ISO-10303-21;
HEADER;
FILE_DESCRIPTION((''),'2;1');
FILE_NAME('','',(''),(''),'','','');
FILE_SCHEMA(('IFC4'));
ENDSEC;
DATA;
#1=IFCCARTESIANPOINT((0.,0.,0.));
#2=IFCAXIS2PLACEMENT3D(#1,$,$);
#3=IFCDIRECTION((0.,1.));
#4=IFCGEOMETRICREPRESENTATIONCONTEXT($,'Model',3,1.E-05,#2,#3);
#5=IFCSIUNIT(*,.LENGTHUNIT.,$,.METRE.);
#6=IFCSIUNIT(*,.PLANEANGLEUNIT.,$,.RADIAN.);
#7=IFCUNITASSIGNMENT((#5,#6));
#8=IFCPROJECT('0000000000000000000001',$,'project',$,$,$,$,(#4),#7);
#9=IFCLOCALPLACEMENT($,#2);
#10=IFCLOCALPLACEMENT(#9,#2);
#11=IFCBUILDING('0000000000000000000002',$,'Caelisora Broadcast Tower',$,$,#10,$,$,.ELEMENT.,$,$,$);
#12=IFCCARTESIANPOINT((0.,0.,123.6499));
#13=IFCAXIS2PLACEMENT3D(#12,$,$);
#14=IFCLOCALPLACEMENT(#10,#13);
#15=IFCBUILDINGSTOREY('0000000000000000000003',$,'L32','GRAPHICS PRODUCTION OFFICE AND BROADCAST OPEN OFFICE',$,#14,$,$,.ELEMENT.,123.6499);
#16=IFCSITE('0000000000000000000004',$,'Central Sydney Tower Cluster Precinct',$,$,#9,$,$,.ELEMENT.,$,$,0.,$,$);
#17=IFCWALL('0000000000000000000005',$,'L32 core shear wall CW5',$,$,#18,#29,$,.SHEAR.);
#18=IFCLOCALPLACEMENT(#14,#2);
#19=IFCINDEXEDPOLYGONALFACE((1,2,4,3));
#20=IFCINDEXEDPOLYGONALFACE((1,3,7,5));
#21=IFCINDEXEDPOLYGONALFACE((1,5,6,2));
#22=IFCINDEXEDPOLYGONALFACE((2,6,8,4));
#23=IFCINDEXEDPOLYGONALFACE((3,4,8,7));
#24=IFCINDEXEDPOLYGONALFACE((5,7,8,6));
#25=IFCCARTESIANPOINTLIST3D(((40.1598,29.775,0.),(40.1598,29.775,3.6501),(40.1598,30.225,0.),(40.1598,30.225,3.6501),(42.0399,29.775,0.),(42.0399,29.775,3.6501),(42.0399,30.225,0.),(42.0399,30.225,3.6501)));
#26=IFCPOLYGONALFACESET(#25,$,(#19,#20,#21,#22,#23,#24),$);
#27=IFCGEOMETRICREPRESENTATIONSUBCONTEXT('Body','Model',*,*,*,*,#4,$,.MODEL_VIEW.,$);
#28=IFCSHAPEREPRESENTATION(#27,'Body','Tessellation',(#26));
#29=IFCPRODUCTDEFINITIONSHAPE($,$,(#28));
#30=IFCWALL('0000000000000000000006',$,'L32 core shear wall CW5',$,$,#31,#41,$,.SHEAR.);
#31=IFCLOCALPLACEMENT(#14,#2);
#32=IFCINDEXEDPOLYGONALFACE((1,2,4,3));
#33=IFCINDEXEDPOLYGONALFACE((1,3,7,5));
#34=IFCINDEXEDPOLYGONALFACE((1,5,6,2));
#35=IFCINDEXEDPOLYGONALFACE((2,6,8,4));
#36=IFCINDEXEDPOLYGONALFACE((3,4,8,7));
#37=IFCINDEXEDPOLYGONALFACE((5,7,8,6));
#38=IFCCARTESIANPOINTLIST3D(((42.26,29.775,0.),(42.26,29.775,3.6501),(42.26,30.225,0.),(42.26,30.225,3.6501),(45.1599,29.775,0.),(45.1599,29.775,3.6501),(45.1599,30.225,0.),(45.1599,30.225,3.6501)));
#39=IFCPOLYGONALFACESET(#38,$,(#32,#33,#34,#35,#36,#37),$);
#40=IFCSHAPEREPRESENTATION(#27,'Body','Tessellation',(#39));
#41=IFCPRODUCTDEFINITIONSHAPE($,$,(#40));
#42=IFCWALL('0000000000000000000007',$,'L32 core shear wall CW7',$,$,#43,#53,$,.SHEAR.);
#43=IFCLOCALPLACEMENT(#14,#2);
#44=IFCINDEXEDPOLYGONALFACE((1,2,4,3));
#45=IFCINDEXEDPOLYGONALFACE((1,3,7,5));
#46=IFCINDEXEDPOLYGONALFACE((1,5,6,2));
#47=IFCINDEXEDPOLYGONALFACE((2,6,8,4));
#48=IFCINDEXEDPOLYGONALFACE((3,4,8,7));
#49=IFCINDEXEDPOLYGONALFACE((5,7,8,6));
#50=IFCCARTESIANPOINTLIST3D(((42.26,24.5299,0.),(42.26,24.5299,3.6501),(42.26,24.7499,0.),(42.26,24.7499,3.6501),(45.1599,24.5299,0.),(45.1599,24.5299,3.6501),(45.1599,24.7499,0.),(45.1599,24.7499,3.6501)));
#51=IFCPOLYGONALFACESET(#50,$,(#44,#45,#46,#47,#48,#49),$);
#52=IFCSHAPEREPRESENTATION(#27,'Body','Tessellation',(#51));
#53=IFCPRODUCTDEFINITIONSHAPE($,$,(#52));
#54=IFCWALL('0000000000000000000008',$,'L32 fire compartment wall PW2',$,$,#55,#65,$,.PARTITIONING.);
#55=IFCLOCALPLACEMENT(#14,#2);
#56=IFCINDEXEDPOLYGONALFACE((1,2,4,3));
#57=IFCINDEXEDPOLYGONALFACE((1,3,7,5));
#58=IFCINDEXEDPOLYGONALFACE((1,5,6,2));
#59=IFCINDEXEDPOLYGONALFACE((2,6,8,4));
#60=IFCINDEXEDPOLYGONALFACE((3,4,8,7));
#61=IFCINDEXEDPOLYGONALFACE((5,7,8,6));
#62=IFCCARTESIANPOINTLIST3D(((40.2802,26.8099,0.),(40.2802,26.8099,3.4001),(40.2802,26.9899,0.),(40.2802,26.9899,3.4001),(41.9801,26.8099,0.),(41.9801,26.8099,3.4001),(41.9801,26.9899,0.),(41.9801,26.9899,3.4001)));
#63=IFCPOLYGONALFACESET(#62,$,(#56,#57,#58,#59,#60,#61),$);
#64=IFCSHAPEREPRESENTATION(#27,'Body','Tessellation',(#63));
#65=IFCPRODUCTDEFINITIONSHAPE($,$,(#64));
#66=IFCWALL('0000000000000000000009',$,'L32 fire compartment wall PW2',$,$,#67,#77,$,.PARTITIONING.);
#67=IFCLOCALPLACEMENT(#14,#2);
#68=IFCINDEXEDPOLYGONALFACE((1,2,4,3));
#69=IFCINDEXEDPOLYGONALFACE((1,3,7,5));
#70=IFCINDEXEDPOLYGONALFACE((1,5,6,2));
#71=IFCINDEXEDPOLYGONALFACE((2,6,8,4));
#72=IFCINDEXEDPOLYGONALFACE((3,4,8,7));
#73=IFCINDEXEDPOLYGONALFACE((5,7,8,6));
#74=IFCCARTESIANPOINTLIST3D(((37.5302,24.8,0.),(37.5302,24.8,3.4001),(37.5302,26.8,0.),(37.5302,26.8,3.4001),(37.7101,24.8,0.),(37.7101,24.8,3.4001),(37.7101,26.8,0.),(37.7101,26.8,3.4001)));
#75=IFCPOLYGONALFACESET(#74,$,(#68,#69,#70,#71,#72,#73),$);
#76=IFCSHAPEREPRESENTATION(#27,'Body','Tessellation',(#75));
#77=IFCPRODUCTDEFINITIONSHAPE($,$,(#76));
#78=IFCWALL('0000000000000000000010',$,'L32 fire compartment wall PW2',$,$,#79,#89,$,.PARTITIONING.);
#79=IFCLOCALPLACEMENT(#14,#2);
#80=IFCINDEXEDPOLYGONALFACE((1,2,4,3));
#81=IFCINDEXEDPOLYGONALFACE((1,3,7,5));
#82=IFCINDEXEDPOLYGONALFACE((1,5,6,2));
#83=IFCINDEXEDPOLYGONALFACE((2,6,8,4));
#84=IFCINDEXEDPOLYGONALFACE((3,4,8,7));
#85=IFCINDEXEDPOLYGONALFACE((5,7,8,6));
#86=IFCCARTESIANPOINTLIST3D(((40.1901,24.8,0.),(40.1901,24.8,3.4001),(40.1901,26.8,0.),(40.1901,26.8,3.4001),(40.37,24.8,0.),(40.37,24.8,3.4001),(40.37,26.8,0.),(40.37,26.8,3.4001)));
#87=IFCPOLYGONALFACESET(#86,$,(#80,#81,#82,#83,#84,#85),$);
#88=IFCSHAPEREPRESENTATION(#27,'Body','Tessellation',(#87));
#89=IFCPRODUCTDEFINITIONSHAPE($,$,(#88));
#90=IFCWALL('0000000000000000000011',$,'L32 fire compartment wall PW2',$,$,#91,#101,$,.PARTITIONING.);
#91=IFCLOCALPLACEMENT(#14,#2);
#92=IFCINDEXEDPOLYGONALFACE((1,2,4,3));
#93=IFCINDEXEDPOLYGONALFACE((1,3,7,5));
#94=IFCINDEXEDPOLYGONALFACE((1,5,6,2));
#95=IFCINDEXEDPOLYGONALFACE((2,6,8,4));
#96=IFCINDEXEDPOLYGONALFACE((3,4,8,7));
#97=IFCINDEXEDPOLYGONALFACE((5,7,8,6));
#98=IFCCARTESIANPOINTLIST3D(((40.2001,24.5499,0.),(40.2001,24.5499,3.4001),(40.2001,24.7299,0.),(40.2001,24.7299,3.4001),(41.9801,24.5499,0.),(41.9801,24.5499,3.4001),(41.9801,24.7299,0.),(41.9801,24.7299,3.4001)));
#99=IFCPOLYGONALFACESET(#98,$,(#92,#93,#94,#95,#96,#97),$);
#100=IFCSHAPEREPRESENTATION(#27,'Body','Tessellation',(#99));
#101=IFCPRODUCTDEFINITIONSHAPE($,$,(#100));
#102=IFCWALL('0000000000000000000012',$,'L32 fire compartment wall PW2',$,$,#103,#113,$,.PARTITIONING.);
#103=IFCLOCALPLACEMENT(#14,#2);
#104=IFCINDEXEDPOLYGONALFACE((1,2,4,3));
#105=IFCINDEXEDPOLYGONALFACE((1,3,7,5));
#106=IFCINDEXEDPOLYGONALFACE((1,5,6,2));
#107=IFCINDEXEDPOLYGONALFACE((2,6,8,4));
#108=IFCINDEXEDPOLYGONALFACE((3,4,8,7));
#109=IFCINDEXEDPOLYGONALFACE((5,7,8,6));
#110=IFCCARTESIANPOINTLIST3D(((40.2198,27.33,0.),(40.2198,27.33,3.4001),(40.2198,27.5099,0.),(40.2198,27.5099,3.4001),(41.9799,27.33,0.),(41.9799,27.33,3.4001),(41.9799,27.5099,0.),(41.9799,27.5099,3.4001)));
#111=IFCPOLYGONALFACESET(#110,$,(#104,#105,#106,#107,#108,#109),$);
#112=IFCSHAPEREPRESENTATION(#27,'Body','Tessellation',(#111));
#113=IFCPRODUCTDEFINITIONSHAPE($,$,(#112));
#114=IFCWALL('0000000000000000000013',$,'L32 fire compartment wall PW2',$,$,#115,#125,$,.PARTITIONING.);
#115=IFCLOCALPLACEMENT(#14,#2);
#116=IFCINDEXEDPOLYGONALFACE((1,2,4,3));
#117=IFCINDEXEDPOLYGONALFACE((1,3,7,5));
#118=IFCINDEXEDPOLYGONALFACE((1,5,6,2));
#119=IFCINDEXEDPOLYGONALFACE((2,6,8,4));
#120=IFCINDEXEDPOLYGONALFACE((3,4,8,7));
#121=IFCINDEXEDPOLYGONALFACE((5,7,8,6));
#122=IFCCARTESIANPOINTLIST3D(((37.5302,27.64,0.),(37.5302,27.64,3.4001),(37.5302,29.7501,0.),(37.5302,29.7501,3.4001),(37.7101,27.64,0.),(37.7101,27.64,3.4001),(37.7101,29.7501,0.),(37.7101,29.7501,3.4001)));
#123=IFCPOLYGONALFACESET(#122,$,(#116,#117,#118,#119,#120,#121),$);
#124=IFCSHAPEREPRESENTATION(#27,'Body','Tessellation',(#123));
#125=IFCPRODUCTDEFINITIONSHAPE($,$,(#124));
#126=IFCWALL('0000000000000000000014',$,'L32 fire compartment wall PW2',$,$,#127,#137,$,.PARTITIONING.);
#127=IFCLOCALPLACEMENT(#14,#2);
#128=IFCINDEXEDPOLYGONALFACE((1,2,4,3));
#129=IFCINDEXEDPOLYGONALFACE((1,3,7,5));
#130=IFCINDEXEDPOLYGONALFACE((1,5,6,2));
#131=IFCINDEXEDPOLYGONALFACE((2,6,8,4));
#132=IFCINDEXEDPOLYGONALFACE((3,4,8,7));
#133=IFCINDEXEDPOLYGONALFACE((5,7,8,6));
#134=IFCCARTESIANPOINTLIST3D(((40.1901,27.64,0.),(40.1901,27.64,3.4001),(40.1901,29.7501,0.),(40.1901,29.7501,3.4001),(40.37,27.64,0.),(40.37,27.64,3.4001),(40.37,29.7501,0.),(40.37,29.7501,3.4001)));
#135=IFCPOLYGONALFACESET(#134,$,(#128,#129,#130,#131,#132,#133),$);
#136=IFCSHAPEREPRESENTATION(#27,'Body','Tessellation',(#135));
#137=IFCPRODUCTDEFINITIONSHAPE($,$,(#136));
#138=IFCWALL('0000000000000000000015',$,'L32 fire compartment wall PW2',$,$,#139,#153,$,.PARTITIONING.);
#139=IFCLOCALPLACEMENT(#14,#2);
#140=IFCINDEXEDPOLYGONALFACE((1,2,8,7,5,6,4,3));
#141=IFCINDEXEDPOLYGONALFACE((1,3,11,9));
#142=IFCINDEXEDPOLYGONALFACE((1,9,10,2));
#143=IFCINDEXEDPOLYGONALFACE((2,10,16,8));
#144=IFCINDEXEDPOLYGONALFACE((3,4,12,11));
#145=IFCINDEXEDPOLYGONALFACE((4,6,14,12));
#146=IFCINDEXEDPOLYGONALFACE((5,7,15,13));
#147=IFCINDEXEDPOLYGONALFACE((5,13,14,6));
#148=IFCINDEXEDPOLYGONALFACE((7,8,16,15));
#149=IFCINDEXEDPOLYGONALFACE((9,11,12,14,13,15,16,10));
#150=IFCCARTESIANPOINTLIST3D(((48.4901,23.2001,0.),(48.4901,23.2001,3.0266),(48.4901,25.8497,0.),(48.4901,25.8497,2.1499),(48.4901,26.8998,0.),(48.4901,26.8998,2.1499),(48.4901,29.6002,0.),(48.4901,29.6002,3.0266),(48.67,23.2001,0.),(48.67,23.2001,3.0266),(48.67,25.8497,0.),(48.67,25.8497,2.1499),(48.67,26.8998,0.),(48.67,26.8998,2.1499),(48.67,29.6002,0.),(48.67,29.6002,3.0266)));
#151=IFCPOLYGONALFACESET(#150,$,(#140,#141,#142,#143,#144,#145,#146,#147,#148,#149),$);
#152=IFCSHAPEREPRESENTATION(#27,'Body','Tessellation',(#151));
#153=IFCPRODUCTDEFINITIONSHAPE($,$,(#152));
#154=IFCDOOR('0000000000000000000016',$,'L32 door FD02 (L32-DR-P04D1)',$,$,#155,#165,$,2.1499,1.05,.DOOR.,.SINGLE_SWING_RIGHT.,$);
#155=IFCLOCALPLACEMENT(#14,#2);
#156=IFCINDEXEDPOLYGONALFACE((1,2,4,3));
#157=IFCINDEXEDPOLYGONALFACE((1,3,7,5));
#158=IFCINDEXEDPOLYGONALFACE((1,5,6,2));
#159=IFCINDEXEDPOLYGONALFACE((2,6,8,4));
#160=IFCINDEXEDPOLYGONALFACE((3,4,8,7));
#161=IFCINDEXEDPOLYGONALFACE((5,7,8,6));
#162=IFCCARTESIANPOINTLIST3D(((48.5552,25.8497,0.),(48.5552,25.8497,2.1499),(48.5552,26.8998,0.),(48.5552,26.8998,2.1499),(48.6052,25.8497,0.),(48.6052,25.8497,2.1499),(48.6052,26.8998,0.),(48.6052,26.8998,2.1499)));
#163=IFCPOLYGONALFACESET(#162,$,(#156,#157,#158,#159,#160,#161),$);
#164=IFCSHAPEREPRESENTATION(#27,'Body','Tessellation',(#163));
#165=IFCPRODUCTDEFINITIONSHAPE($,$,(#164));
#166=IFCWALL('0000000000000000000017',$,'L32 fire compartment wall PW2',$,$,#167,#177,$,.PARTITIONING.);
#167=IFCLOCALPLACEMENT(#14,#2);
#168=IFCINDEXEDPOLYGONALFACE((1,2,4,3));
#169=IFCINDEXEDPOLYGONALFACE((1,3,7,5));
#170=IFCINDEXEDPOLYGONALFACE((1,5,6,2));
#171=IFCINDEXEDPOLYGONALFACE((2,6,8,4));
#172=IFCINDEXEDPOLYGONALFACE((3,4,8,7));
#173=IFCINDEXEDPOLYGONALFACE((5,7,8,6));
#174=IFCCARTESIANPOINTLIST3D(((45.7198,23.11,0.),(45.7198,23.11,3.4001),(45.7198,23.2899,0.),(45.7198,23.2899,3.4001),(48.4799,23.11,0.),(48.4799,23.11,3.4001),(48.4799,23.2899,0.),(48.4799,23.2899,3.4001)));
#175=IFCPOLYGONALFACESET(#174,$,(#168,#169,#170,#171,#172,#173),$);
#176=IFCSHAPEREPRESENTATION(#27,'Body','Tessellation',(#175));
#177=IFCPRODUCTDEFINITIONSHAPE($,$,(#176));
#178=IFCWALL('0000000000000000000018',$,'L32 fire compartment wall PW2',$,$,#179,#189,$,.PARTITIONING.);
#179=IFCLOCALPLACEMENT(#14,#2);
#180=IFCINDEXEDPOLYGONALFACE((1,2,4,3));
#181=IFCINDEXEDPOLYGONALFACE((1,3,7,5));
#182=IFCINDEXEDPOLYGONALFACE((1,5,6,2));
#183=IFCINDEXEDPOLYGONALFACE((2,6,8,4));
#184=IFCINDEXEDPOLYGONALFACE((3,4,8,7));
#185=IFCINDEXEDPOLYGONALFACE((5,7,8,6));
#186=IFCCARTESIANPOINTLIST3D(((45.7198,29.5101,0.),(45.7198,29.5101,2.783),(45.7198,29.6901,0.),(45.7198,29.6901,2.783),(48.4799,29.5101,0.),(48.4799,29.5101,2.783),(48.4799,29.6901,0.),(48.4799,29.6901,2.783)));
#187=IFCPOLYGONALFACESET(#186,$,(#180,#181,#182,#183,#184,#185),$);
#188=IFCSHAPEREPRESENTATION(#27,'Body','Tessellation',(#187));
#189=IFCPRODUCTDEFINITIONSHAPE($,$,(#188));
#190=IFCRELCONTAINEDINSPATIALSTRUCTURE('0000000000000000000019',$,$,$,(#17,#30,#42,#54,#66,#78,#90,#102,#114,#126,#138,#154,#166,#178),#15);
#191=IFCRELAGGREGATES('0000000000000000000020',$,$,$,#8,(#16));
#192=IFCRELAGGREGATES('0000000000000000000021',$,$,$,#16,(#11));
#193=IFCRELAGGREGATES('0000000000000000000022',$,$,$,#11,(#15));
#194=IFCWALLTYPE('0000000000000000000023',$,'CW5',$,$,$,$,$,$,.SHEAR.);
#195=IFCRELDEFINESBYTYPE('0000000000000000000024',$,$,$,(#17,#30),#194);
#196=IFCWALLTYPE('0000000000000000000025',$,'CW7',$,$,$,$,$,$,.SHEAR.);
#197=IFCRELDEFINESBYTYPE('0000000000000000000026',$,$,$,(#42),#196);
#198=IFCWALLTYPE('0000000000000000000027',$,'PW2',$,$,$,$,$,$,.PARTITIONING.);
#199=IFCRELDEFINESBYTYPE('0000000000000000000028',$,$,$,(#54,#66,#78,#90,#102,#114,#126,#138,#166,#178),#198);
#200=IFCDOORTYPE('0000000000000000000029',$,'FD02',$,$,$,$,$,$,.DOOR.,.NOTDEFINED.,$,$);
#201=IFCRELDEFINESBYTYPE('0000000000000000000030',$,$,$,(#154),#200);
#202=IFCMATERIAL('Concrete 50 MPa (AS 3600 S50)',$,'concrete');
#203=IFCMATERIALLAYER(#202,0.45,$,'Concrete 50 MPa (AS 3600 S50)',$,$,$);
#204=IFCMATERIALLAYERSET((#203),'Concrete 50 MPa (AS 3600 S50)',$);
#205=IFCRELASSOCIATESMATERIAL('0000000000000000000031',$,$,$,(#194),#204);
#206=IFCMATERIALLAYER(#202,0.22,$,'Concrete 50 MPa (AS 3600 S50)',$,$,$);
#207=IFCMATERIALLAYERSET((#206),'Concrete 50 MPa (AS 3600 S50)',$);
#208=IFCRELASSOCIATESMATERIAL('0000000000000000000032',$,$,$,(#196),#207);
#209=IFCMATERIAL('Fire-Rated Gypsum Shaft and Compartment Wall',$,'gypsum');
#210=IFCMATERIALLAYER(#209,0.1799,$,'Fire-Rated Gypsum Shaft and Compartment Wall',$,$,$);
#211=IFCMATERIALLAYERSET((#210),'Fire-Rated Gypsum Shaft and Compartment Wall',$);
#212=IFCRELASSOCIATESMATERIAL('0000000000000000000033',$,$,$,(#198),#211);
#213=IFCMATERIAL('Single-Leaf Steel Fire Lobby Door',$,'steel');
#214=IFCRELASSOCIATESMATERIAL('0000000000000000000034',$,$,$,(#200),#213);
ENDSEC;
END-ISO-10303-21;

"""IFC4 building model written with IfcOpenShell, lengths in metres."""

from ifc_helpers import new_model, si_unit, direction, frame, frame_2d, origin, place, context, subcontext, project, spatial, rectangle, extrude, material, layer, layer_set, type_object, element, fill, save


model = new_model("IFC4")

# Units and contexts
model_context = context("Model", 3, precision=1e-05, world=origin(), true_north=direction((0.0, 1.0)))
body_context = subcontext(model_context, "Body", "Model", "MODEL_VIEW")
ifc_project = project(units=[si_unit("LENGTHUNIT", "METRE"), si_unit("PLANEANGLEUNIT", "RADIAN")], contexts=[model_context])

# Site, building, storey
site_placement = place(None, origin())
site = spatial("IfcSite", under=ifc_project, at=site_placement, Name="Central Sydney Tower Cluster Precinct", CompositionType="ELEMENT", RefElevation=0.0)
building_placement = place(site_placement, origin())
building = spatial("IfcBuilding", under=site, at=building_placement, Name="Caelisora Broadcast Tower", CompositionType="ELEMENT")
storey_placement = place(building_placement, frame((0.0, 0.0, 123.6499)))
storey = spatial("IfcBuildingStorey", under=building, at=storey_placement, Name="L32", Description="GRAPHICS PRODUCTION OFFICE AND BROADCAST OPEN OFFICE", CompositionType="ELEMENT", Elevation=123.6499)

# Walls
ifc_material_1 = material(Name="Concrete 50 MPa (AS 3600 S50)", Category="concrete")
ifc_layer_1 = layer(ifc_material_1, 0.45, Name="Concrete 50 MPa (AS 3600 S50)")
ifc_layer_set_1 = layer_set([ifc_layer_1], Name="Concrete 50 MPa (AS 3600 S50)")
wall_type_1 = type_object("IfcWallType", Name="CW5", PredefinedType="SHEAR", material=ifc_layer_set_1)
wall_1_placement = place(storey_placement, frame((40.1599, 30.0, 0.0), z_axis=(0.0, 0.0, 1.0), x_axis=(1.0, 0.0, 0.0)))
element("IfcWall", 1, at=wall_1_placement, inside=storey, type_object=wall_type_1, Name="L32 core shear wall CW5", PredefinedType="SHEAR", context=body_context, shape_type="SweptSolid", body=[
    extrude(rectangle(XDim=1.8801, YDim=0.45, at=frame_2d((0.9399, 0.0))), origin(), (0.0, 0.0, 1.0), 3.6501),
])
wall_2_placement = place(storey_placement, frame((42.26, 30.0, 0.0), z_axis=(0.0, 0.0, 1.0), x_axis=(1.0, 0.0, 0.0)))
element("IfcWall", 2, at=wall_2_placement, inside=storey, type_object=wall_type_1, Name="L32 core shear wall CW5", PredefinedType="SHEAR", context=body_context, shape_type="SweptSolid", body=[
    extrude(rectangle(XDim=2.8999, YDim=0.45, at=frame_2d((1.45, 0.0))), origin(), (0.0, 0.0, 1.0), 3.6501),
])
ifc_layer_2 = layer(ifc_material_1, 0.22, Name="Concrete 50 MPa (AS 3600 S50)")
ifc_layer_set_2 = layer_set([ifc_layer_2], Name="Concrete 50 MPa (AS 3600 S50)")
wall_type_2 = type_object("IfcWallType", Name="CW7", PredefinedType="SHEAR", material=ifc_layer_set_2)
wall_3_placement = place(storey_placement, frame((42.26, 24.6399, 0.0), z_axis=(0.0, 0.0, 1.0), x_axis=(1.0, 0.0, 0.0)))
element("IfcWall", 3, at=wall_3_placement, inside=storey, type_object=wall_type_2, Name="L32 core shear wall CW7", PredefinedType="SHEAR", context=body_context, shape_type="SweptSolid", body=[
    extrude(rectangle(XDim=2.8999, YDim=0.22, at=frame_2d((1.45, 0.0))), origin(), (0.0, 0.0, 1.0), 3.6501),
])
ifc_material_2 = material(Name="Fire-Rated Gypsum Shaft and Compartment Wall", Category="gypsum")
ifc_layer_3 = layer(ifc_material_2, 0.1799, Name="Fire-Rated Gypsum Shaft and Compartment Wall")
ifc_layer_set_3 = layer_set([ifc_layer_3], Name="Fire-Rated Gypsum Shaft and Compartment Wall")
wall_type_3 = type_object("IfcWallType", Name="PW2", PredefinedType="PARTITIONING", material=ifc_layer_set_3)
wall_4_placement = place(storey_placement, frame((40.28, 26.8999, 0.0), z_axis=(0.0, 0.0, 1.0), x_axis=(1.0, 0.0, 0.0)))
element("IfcWall", 4, at=wall_4_placement, inside=storey, type_object=wall_type_3, Name="L32 fire compartment wall PW2", PredefinedType="PARTITIONING", context=body_context, shape_type="SweptSolid", body=[
    extrude(rectangle(XDim=1.7, YDim=0.1799, at=frame_2d((0.8501, 0.0))), origin(), (0.0, 0.0, 1.0), 3.4001),
])
for number, where, z_axis, x_axis, name in (
    (5, (37.6201, 24.8, 0.0), (0.0, 0.0, 1.0), (0.0, 1.0, 0.0), "L32 fire compartment wall PW2"),
    (6, (40.28, 24.8, 0.0), (0.0, 0.0, 1.0), (0.0, 1.0, 0.0), "L32 fire compartment wall PW2"),
):
    element("IfcWall", number, at=place(storey_placement, frame(where, z_axis=z_axis, x_axis=x_axis)), inside=storey, type_object=wall_type_3, Name=name, PredefinedType="PARTITIONING", context=body_context, shape_type="SweptSolid", body=[
        extrude(rectangle(XDim=2.0, YDim=0.1799, at=frame_2d((1.0, 0.0))), origin(), (0.0, 0.0, 1.0), 3.4001),
    ])
wall_5_placement = place(storey_placement, frame((40.2, 24.6399, 0.0), z_axis=(0.0, 0.0, 1.0), x_axis=(1.0, 0.0, 0.0)))
element("IfcWall", 7, at=wall_5_placement, inside=storey, type_object=wall_type_3, Name="L32 fire compartment wall PW2", PredefinedType="PARTITIONING", context=body_context, shape_type="SweptSolid", body=[
    extrude(rectangle(XDim=1.78, YDim=0.1799, at=frame_2d((0.8901, 0.0))), origin(), (0.0, 0.0, 1.0), 3.4001),
])
wall_6_placement = place(storey_placement, frame((40.22, 27.4199, 0.0), z_axis=(0.0, 0.0, 1.0), x_axis=(1.0, 0.0, 0.0)))
element("IfcWall", 8, at=wall_6_placement, inside=storey, type_object=wall_type_3, Name="L32 fire compartment wall PW2", PredefinedType="PARTITIONING", context=body_context, shape_type="SweptSolid", body=[
    extrude(rectangle(XDim=1.76, YDim=0.1799, at=frame_2d((0.8799, 0.0))), origin(), (0.0, 0.0, 1.0), 3.4001),
])
for number, where, z_axis, x_axis, name in (
    (9, (37.6201, 27.6399, 0.0), (0.0, 0.0, 1.0), (0.0, 1.0, 0.0), "L32 fire compartment wall PW2"),
    (10, (40.28, 27.6399, 0.0), (0.0, 0.0, 1.0), (0.0, 1.0, 0.0), "L32 fire compartment wall PW2"),
):
    element("IfcWall", number, at=place(storey_placement, frame(where, z_axis=z_axis, x_axis=x_axis)), inside=storey, type_object=wall_type_3, Name=name, PredefinedType="PARTITIONING", context=body_context, shape_type="SweptSolid", body=[
        extrude(rectangle(XDim=2.1101, YDim=0.1799, at=frame_2d((1.0552, 0.0))), origin(), (0.0, 0.0, 1.0), 3.4001),
    ])

# Wall, opening, door
wall_7_placement = place(storey_placement, frame((48.5801, 23.2, 0.0), z_axis=(0.0, 0.0, 1.0), x_axis=(0.0, 1.0, 0.0)))
wall_7 = element("IfcWall", 11, at=wall_7_placement, inside=storey, type_object=wall_type_3, Name="L32 fire compartment wall PW2", PredefinedType="PARTITIONING", context=body_context, shape_type="SweptSolid", body=[
    extrude(rectangle(XDim=6.4001, YDim=0.1799, at=frame_2d((3.2002, 0.0))), origin(), (0.0, 0.0, 1.0), 3.0266),
])
opening_1_placement = place(wall_7_placement, frame((2.6499, 0.0, 0.0)))
opening_1 = element("IfcOpeningElement", 12, at=opening_1_placement, cuts=wall_7, PredefinedType="OPENING", context=body_context, shape_type="SweptSolid", body=[
    extrude(rectangle(XDim=1.05, YDim=2.1499, at=frame_2d((0.5249, 1.075))), frame((0.0, 0.1021, 0.0), z_axis=(0.0, -1.0, 0.0), x_axis=(1.0, 0.0, 0.0)), (0.0, 0.0, 1.0), 0.2039),
])
ifc_material_3 = material(Name="Single-Leaf Steel Fire Lobby Door", Category="steel")
door_type = type_object("IfcDoorType", Name="FD02", OperationType="NOTDEFINED", PredefinedType="DOOR", material=ifc_material_3)
door_1_placement = place(opening_1_placement, origin())
door_1 = element("IfcDoor", 13, at=door_1_placement, inside=storey, type_object=door_type, Name="L32 door FD02 (L32-DR-P04D1)", OperationType="SINGLE_SWING_RIGHT", OverallHeight=2.1499, OverallWidth=1.05, PredefinedType="DOOR", context=body_context, shape_type="SweptSolid", body=[
    extrude(rectangle(XDim=1.05, YDim=2.1499, at=frame_2d((0.5249, 1.075))), frame((0.0, 0.0249, 0.0), z_axis=(0.0, -1.0, 0.0), x_axis=(1.0, 0.0, 0.0)), (0.0, 0.0, 1.0), 0.05),
])
fill(opening_1, door_1)

# Walls
wall_8_placement = place(storey_placement, frame((45.72, 23.2, 0.0), z_axis=(0.0, 0.0, 1.0), x_axis=(1.0, 0.0, 0.0)))
element("IfcWall", 14, at=wall_8_placement, inside=storey, type_object=wall_type_3, Name="L32 fire compartment wall PW2", PredefinedType="PARTITIONING", context=body_context, shape_type="SweptSolid", body=[
    extrude(rectangle(XDim=2.76, YDim=0.1799, at=frame_2d((1.3799, 0.0))), origin(), (0.0, 0.0, 1.0), 3.4001),
])
wall_9_placement = place(storey_placement, frame((45.72, 29.6001, 0.0), z_axis=(0.0, 0.0, 1.0), x_axis=(1.0, 0.0, 0.0)))
element("IfcWall", 15, at=wall_9_placement, inside=storey, type_object=wall_type_3, Name="L32 fire compartment wall PW2", PredefinedType="PARTITIONING", context=body_context, shape_type="SweptSolid", body=[
    extrude(rectangle(XDim=2.76, YDim=0.1799, at=frame_2d((1.3799, 0.0))), origin(), (0.0, 0.0, 1.0), 2.783),
])

save(model, "model.ifc")
